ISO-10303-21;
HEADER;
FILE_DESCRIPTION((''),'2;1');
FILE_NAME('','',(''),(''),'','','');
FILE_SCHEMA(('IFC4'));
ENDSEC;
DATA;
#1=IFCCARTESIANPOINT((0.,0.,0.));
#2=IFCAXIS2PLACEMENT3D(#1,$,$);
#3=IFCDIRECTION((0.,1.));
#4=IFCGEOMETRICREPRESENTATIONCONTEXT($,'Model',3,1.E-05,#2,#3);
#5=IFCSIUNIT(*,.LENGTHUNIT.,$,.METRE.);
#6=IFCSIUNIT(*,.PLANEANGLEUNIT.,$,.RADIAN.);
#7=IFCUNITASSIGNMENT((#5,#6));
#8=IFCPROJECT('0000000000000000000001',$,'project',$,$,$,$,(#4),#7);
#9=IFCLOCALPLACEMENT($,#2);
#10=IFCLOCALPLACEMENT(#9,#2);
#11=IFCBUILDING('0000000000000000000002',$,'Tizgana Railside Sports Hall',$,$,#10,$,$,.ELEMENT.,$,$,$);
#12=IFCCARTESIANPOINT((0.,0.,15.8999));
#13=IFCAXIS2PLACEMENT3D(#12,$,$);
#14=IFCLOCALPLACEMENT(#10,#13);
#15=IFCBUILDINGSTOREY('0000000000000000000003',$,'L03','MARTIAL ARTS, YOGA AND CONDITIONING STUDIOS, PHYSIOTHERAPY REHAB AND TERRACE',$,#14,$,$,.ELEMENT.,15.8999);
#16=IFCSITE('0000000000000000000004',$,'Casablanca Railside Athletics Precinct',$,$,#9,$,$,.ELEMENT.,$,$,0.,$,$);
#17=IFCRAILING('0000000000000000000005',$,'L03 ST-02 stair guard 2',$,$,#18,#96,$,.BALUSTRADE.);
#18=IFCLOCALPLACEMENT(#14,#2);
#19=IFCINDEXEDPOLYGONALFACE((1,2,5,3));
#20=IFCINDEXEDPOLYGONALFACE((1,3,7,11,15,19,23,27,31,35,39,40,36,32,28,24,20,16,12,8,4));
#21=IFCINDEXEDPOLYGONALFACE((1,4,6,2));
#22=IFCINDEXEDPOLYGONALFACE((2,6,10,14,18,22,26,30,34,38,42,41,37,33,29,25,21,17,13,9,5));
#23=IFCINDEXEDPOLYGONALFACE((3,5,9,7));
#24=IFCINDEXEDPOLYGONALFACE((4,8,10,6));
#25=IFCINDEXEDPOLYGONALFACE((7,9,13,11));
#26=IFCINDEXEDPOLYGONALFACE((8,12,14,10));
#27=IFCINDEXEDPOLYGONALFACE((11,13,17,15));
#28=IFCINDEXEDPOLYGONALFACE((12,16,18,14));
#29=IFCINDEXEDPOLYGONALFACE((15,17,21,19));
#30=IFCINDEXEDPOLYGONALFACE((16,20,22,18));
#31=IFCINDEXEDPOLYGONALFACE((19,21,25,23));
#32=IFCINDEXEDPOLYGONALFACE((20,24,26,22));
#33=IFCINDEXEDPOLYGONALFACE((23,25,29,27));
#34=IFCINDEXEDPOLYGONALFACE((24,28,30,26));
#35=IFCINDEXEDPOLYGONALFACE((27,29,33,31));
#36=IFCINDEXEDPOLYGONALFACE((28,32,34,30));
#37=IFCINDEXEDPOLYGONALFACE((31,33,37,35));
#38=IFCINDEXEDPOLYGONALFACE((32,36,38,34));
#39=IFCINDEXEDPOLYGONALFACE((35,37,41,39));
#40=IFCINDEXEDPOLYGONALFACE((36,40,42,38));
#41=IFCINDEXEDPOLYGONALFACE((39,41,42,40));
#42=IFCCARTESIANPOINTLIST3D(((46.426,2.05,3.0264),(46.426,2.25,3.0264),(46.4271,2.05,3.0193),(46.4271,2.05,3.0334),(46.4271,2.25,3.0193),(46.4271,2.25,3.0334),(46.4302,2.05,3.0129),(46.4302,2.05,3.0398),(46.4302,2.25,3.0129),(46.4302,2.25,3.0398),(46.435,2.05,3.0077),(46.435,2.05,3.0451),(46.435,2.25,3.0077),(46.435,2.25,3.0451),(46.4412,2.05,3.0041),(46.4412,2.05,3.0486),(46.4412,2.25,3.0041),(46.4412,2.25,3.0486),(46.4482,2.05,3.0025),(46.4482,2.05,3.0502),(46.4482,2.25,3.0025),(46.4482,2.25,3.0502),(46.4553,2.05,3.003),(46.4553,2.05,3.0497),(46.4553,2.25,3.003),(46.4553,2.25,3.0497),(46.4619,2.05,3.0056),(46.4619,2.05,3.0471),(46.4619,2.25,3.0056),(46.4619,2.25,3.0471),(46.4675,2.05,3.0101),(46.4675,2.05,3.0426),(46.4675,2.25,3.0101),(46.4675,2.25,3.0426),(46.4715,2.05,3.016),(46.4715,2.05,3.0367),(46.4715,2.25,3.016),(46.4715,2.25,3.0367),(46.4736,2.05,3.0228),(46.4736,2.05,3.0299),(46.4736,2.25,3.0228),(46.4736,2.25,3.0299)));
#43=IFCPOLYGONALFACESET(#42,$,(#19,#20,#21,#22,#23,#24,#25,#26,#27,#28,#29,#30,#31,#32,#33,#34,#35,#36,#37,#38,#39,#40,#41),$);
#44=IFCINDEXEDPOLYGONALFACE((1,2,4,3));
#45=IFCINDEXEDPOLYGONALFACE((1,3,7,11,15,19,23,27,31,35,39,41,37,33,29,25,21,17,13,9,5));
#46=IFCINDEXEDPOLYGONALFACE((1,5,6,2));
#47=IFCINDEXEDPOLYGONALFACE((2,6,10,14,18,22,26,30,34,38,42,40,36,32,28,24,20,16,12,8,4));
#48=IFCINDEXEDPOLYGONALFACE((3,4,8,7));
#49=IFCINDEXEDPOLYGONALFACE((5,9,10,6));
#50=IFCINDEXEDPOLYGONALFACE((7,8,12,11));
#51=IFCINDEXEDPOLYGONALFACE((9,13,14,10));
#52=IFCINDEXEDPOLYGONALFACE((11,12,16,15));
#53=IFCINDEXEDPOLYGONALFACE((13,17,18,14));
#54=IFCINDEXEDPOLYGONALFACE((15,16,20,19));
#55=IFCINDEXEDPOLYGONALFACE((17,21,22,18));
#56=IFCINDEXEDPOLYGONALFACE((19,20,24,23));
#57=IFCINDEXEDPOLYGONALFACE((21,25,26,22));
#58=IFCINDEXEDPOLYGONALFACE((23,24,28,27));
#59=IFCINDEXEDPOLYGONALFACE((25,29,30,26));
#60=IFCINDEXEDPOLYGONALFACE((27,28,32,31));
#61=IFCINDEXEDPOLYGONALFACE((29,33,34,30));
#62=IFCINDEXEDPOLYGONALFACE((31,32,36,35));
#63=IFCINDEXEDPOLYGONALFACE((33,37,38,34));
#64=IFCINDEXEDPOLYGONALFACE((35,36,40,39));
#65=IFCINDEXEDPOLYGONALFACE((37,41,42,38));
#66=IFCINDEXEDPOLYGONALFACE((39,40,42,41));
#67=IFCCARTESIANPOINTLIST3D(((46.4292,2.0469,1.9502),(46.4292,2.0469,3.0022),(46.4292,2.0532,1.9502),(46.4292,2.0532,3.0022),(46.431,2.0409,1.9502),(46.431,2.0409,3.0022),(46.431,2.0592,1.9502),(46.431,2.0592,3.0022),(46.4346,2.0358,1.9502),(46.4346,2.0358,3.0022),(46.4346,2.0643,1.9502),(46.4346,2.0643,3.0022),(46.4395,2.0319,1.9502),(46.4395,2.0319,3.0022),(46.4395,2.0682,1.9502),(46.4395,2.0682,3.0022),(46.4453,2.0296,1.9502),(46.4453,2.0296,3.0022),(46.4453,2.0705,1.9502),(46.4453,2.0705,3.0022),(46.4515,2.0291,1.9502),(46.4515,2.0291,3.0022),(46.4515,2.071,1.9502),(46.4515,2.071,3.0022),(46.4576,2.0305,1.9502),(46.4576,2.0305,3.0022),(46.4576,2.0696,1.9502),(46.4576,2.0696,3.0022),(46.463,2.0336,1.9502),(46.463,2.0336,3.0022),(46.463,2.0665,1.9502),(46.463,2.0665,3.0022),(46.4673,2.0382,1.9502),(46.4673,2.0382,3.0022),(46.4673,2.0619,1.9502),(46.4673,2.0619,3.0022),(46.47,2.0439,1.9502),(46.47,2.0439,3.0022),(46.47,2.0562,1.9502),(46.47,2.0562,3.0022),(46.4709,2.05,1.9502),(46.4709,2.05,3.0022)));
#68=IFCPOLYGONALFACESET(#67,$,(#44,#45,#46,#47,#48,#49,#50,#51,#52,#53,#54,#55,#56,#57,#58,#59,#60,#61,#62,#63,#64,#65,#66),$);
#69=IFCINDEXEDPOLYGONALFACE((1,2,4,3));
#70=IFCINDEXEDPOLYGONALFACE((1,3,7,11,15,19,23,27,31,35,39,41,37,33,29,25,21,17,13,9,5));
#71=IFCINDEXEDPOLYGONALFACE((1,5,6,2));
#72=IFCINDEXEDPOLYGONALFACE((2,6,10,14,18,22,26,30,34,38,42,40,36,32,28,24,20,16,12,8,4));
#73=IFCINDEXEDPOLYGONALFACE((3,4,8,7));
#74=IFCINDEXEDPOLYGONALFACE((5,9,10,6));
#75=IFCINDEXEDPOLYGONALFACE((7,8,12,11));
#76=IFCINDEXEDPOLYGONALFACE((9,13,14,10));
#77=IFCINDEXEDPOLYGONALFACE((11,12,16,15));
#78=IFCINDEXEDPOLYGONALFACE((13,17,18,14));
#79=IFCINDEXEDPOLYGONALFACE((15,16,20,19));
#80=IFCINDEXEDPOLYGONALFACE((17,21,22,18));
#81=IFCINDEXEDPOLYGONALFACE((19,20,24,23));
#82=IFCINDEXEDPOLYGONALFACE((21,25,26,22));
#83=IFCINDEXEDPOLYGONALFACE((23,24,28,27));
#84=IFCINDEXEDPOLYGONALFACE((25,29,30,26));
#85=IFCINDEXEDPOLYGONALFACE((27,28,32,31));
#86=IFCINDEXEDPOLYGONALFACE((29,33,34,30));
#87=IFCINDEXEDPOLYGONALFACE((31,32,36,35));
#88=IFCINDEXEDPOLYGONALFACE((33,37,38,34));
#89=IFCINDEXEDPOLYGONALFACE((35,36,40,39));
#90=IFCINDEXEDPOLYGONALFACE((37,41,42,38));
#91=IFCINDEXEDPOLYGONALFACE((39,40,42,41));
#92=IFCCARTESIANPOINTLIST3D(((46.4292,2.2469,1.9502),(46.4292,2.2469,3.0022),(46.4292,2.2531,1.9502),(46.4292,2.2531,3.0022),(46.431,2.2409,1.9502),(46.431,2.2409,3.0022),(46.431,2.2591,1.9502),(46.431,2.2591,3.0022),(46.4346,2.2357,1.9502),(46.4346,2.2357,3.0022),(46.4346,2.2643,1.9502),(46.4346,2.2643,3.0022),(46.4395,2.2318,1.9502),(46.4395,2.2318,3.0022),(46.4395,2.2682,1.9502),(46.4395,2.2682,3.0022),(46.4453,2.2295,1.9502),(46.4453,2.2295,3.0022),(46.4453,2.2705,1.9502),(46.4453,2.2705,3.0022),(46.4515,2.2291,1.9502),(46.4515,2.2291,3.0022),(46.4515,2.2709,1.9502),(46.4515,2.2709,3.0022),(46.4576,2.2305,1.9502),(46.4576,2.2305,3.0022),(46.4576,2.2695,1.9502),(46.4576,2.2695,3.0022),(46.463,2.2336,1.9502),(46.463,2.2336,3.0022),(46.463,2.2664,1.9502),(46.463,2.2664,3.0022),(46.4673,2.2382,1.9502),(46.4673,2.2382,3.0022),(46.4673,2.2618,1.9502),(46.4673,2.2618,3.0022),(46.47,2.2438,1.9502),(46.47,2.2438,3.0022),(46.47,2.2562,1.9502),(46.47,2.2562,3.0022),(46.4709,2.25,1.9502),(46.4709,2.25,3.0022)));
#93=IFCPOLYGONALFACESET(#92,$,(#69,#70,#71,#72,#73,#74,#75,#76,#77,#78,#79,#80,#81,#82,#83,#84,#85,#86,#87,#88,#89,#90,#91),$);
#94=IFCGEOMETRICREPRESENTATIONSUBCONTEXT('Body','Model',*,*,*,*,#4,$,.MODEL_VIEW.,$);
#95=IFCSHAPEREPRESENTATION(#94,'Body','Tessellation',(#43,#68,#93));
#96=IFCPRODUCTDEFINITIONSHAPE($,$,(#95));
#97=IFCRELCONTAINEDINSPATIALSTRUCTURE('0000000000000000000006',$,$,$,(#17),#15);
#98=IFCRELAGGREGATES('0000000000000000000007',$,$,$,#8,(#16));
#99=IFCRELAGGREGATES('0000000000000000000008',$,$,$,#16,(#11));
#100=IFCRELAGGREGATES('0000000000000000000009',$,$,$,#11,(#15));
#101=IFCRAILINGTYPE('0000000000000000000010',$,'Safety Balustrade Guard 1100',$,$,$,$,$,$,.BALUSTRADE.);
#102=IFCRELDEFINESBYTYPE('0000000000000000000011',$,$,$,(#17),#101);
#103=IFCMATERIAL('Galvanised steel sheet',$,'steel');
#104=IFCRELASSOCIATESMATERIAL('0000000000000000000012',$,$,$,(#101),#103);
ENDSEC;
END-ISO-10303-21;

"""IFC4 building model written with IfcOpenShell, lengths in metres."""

from ifc_helpers import new_model, si_unit, direction, frame, origin, origin_2d, place, context, subcontext, project, spatial, circle, extrude, material, type_object, element, save


model = new_model("IFC4")

# Units and contexts
model_context = context("Model", 3, precision=1e-05, world=origin(), true_north=direction((0.0, 1.0)))
body_context = subcontext(model_context, "Body", "Model", "MODEL_VIEW")
ifc_project = project(units=[si_unit("LENGTHUNIT", "METRE"), si_unit("PLANEANGLEUNIT", "RADIAN")], contexts=[model_context])

# Site, building, storey
site_placement = place(None, origin())
site = spatial("IfcSite", under=ifc_project, at=site_placement, Name="Casablanca Railside Athletics Precinct", CompositionType="ELEMENT", RefElevation=0.0)
building_placement = place(site_placement, origin())
building = spatial("IfcBuilding", under=site, at=building_placement, Name="Tizgana Railside Sports Hall", CompositionType="ELEMENT")
storey_placement = place(building_placement, frame((0.0, 0.0, 15.8999)))
storey = spatial("IfcBuildingStorey", under=building, at=storey_placement, Name="L03", Description="MARTIAL ARTS, YOGA AND CONDITIONING STUDIOS, PHYSIOTHERAPY REHAB AND TERRACE", CompositionType="ELEMENT", Elevation=15.8999)

# Railing
ifc_material_1 = material(Name="Galvanised steel sheet", Category="steel")
railing_type_1 = type_object("IfcRailingType", Name="Safety Balustrade Guard 1100", PredefinedType="BALUSTRADE", material=ifc_material_1)
railing_1_placement = place(storey_placement, frame((46.45, 2.05, 1.9502)))
element("IfcRailing", 1, at=railing_1_placement, inside=storey, type_object=railing_type_1, Name="L03 ST-02 stair guard 2", PredefinedType="BALUSTRADE", context=body_context, shape_type="SweptSolid", body=[
    extrude(circle(Radius=0.0239, at=origin_2d()), frame((0.0, 0.0, 1.0762), z_axis=(0.0, 1.0, 0.0), x_axis=(-1.0, 0.0, 0.0)), (0.0, 0.0, 1.0), 0.2),
    extrude(circle(Radius=0.021, at=origin_2d()), origin(), (0.0, 0.0, 1.0), 1.052),
    extrude(circle(Radius=0.021, at=origin_2d()), frame((0.0, 0.2, 0.0)), (0.0, 0.0, 1.0), 1.052),
])

save(model, "model.ifc")
